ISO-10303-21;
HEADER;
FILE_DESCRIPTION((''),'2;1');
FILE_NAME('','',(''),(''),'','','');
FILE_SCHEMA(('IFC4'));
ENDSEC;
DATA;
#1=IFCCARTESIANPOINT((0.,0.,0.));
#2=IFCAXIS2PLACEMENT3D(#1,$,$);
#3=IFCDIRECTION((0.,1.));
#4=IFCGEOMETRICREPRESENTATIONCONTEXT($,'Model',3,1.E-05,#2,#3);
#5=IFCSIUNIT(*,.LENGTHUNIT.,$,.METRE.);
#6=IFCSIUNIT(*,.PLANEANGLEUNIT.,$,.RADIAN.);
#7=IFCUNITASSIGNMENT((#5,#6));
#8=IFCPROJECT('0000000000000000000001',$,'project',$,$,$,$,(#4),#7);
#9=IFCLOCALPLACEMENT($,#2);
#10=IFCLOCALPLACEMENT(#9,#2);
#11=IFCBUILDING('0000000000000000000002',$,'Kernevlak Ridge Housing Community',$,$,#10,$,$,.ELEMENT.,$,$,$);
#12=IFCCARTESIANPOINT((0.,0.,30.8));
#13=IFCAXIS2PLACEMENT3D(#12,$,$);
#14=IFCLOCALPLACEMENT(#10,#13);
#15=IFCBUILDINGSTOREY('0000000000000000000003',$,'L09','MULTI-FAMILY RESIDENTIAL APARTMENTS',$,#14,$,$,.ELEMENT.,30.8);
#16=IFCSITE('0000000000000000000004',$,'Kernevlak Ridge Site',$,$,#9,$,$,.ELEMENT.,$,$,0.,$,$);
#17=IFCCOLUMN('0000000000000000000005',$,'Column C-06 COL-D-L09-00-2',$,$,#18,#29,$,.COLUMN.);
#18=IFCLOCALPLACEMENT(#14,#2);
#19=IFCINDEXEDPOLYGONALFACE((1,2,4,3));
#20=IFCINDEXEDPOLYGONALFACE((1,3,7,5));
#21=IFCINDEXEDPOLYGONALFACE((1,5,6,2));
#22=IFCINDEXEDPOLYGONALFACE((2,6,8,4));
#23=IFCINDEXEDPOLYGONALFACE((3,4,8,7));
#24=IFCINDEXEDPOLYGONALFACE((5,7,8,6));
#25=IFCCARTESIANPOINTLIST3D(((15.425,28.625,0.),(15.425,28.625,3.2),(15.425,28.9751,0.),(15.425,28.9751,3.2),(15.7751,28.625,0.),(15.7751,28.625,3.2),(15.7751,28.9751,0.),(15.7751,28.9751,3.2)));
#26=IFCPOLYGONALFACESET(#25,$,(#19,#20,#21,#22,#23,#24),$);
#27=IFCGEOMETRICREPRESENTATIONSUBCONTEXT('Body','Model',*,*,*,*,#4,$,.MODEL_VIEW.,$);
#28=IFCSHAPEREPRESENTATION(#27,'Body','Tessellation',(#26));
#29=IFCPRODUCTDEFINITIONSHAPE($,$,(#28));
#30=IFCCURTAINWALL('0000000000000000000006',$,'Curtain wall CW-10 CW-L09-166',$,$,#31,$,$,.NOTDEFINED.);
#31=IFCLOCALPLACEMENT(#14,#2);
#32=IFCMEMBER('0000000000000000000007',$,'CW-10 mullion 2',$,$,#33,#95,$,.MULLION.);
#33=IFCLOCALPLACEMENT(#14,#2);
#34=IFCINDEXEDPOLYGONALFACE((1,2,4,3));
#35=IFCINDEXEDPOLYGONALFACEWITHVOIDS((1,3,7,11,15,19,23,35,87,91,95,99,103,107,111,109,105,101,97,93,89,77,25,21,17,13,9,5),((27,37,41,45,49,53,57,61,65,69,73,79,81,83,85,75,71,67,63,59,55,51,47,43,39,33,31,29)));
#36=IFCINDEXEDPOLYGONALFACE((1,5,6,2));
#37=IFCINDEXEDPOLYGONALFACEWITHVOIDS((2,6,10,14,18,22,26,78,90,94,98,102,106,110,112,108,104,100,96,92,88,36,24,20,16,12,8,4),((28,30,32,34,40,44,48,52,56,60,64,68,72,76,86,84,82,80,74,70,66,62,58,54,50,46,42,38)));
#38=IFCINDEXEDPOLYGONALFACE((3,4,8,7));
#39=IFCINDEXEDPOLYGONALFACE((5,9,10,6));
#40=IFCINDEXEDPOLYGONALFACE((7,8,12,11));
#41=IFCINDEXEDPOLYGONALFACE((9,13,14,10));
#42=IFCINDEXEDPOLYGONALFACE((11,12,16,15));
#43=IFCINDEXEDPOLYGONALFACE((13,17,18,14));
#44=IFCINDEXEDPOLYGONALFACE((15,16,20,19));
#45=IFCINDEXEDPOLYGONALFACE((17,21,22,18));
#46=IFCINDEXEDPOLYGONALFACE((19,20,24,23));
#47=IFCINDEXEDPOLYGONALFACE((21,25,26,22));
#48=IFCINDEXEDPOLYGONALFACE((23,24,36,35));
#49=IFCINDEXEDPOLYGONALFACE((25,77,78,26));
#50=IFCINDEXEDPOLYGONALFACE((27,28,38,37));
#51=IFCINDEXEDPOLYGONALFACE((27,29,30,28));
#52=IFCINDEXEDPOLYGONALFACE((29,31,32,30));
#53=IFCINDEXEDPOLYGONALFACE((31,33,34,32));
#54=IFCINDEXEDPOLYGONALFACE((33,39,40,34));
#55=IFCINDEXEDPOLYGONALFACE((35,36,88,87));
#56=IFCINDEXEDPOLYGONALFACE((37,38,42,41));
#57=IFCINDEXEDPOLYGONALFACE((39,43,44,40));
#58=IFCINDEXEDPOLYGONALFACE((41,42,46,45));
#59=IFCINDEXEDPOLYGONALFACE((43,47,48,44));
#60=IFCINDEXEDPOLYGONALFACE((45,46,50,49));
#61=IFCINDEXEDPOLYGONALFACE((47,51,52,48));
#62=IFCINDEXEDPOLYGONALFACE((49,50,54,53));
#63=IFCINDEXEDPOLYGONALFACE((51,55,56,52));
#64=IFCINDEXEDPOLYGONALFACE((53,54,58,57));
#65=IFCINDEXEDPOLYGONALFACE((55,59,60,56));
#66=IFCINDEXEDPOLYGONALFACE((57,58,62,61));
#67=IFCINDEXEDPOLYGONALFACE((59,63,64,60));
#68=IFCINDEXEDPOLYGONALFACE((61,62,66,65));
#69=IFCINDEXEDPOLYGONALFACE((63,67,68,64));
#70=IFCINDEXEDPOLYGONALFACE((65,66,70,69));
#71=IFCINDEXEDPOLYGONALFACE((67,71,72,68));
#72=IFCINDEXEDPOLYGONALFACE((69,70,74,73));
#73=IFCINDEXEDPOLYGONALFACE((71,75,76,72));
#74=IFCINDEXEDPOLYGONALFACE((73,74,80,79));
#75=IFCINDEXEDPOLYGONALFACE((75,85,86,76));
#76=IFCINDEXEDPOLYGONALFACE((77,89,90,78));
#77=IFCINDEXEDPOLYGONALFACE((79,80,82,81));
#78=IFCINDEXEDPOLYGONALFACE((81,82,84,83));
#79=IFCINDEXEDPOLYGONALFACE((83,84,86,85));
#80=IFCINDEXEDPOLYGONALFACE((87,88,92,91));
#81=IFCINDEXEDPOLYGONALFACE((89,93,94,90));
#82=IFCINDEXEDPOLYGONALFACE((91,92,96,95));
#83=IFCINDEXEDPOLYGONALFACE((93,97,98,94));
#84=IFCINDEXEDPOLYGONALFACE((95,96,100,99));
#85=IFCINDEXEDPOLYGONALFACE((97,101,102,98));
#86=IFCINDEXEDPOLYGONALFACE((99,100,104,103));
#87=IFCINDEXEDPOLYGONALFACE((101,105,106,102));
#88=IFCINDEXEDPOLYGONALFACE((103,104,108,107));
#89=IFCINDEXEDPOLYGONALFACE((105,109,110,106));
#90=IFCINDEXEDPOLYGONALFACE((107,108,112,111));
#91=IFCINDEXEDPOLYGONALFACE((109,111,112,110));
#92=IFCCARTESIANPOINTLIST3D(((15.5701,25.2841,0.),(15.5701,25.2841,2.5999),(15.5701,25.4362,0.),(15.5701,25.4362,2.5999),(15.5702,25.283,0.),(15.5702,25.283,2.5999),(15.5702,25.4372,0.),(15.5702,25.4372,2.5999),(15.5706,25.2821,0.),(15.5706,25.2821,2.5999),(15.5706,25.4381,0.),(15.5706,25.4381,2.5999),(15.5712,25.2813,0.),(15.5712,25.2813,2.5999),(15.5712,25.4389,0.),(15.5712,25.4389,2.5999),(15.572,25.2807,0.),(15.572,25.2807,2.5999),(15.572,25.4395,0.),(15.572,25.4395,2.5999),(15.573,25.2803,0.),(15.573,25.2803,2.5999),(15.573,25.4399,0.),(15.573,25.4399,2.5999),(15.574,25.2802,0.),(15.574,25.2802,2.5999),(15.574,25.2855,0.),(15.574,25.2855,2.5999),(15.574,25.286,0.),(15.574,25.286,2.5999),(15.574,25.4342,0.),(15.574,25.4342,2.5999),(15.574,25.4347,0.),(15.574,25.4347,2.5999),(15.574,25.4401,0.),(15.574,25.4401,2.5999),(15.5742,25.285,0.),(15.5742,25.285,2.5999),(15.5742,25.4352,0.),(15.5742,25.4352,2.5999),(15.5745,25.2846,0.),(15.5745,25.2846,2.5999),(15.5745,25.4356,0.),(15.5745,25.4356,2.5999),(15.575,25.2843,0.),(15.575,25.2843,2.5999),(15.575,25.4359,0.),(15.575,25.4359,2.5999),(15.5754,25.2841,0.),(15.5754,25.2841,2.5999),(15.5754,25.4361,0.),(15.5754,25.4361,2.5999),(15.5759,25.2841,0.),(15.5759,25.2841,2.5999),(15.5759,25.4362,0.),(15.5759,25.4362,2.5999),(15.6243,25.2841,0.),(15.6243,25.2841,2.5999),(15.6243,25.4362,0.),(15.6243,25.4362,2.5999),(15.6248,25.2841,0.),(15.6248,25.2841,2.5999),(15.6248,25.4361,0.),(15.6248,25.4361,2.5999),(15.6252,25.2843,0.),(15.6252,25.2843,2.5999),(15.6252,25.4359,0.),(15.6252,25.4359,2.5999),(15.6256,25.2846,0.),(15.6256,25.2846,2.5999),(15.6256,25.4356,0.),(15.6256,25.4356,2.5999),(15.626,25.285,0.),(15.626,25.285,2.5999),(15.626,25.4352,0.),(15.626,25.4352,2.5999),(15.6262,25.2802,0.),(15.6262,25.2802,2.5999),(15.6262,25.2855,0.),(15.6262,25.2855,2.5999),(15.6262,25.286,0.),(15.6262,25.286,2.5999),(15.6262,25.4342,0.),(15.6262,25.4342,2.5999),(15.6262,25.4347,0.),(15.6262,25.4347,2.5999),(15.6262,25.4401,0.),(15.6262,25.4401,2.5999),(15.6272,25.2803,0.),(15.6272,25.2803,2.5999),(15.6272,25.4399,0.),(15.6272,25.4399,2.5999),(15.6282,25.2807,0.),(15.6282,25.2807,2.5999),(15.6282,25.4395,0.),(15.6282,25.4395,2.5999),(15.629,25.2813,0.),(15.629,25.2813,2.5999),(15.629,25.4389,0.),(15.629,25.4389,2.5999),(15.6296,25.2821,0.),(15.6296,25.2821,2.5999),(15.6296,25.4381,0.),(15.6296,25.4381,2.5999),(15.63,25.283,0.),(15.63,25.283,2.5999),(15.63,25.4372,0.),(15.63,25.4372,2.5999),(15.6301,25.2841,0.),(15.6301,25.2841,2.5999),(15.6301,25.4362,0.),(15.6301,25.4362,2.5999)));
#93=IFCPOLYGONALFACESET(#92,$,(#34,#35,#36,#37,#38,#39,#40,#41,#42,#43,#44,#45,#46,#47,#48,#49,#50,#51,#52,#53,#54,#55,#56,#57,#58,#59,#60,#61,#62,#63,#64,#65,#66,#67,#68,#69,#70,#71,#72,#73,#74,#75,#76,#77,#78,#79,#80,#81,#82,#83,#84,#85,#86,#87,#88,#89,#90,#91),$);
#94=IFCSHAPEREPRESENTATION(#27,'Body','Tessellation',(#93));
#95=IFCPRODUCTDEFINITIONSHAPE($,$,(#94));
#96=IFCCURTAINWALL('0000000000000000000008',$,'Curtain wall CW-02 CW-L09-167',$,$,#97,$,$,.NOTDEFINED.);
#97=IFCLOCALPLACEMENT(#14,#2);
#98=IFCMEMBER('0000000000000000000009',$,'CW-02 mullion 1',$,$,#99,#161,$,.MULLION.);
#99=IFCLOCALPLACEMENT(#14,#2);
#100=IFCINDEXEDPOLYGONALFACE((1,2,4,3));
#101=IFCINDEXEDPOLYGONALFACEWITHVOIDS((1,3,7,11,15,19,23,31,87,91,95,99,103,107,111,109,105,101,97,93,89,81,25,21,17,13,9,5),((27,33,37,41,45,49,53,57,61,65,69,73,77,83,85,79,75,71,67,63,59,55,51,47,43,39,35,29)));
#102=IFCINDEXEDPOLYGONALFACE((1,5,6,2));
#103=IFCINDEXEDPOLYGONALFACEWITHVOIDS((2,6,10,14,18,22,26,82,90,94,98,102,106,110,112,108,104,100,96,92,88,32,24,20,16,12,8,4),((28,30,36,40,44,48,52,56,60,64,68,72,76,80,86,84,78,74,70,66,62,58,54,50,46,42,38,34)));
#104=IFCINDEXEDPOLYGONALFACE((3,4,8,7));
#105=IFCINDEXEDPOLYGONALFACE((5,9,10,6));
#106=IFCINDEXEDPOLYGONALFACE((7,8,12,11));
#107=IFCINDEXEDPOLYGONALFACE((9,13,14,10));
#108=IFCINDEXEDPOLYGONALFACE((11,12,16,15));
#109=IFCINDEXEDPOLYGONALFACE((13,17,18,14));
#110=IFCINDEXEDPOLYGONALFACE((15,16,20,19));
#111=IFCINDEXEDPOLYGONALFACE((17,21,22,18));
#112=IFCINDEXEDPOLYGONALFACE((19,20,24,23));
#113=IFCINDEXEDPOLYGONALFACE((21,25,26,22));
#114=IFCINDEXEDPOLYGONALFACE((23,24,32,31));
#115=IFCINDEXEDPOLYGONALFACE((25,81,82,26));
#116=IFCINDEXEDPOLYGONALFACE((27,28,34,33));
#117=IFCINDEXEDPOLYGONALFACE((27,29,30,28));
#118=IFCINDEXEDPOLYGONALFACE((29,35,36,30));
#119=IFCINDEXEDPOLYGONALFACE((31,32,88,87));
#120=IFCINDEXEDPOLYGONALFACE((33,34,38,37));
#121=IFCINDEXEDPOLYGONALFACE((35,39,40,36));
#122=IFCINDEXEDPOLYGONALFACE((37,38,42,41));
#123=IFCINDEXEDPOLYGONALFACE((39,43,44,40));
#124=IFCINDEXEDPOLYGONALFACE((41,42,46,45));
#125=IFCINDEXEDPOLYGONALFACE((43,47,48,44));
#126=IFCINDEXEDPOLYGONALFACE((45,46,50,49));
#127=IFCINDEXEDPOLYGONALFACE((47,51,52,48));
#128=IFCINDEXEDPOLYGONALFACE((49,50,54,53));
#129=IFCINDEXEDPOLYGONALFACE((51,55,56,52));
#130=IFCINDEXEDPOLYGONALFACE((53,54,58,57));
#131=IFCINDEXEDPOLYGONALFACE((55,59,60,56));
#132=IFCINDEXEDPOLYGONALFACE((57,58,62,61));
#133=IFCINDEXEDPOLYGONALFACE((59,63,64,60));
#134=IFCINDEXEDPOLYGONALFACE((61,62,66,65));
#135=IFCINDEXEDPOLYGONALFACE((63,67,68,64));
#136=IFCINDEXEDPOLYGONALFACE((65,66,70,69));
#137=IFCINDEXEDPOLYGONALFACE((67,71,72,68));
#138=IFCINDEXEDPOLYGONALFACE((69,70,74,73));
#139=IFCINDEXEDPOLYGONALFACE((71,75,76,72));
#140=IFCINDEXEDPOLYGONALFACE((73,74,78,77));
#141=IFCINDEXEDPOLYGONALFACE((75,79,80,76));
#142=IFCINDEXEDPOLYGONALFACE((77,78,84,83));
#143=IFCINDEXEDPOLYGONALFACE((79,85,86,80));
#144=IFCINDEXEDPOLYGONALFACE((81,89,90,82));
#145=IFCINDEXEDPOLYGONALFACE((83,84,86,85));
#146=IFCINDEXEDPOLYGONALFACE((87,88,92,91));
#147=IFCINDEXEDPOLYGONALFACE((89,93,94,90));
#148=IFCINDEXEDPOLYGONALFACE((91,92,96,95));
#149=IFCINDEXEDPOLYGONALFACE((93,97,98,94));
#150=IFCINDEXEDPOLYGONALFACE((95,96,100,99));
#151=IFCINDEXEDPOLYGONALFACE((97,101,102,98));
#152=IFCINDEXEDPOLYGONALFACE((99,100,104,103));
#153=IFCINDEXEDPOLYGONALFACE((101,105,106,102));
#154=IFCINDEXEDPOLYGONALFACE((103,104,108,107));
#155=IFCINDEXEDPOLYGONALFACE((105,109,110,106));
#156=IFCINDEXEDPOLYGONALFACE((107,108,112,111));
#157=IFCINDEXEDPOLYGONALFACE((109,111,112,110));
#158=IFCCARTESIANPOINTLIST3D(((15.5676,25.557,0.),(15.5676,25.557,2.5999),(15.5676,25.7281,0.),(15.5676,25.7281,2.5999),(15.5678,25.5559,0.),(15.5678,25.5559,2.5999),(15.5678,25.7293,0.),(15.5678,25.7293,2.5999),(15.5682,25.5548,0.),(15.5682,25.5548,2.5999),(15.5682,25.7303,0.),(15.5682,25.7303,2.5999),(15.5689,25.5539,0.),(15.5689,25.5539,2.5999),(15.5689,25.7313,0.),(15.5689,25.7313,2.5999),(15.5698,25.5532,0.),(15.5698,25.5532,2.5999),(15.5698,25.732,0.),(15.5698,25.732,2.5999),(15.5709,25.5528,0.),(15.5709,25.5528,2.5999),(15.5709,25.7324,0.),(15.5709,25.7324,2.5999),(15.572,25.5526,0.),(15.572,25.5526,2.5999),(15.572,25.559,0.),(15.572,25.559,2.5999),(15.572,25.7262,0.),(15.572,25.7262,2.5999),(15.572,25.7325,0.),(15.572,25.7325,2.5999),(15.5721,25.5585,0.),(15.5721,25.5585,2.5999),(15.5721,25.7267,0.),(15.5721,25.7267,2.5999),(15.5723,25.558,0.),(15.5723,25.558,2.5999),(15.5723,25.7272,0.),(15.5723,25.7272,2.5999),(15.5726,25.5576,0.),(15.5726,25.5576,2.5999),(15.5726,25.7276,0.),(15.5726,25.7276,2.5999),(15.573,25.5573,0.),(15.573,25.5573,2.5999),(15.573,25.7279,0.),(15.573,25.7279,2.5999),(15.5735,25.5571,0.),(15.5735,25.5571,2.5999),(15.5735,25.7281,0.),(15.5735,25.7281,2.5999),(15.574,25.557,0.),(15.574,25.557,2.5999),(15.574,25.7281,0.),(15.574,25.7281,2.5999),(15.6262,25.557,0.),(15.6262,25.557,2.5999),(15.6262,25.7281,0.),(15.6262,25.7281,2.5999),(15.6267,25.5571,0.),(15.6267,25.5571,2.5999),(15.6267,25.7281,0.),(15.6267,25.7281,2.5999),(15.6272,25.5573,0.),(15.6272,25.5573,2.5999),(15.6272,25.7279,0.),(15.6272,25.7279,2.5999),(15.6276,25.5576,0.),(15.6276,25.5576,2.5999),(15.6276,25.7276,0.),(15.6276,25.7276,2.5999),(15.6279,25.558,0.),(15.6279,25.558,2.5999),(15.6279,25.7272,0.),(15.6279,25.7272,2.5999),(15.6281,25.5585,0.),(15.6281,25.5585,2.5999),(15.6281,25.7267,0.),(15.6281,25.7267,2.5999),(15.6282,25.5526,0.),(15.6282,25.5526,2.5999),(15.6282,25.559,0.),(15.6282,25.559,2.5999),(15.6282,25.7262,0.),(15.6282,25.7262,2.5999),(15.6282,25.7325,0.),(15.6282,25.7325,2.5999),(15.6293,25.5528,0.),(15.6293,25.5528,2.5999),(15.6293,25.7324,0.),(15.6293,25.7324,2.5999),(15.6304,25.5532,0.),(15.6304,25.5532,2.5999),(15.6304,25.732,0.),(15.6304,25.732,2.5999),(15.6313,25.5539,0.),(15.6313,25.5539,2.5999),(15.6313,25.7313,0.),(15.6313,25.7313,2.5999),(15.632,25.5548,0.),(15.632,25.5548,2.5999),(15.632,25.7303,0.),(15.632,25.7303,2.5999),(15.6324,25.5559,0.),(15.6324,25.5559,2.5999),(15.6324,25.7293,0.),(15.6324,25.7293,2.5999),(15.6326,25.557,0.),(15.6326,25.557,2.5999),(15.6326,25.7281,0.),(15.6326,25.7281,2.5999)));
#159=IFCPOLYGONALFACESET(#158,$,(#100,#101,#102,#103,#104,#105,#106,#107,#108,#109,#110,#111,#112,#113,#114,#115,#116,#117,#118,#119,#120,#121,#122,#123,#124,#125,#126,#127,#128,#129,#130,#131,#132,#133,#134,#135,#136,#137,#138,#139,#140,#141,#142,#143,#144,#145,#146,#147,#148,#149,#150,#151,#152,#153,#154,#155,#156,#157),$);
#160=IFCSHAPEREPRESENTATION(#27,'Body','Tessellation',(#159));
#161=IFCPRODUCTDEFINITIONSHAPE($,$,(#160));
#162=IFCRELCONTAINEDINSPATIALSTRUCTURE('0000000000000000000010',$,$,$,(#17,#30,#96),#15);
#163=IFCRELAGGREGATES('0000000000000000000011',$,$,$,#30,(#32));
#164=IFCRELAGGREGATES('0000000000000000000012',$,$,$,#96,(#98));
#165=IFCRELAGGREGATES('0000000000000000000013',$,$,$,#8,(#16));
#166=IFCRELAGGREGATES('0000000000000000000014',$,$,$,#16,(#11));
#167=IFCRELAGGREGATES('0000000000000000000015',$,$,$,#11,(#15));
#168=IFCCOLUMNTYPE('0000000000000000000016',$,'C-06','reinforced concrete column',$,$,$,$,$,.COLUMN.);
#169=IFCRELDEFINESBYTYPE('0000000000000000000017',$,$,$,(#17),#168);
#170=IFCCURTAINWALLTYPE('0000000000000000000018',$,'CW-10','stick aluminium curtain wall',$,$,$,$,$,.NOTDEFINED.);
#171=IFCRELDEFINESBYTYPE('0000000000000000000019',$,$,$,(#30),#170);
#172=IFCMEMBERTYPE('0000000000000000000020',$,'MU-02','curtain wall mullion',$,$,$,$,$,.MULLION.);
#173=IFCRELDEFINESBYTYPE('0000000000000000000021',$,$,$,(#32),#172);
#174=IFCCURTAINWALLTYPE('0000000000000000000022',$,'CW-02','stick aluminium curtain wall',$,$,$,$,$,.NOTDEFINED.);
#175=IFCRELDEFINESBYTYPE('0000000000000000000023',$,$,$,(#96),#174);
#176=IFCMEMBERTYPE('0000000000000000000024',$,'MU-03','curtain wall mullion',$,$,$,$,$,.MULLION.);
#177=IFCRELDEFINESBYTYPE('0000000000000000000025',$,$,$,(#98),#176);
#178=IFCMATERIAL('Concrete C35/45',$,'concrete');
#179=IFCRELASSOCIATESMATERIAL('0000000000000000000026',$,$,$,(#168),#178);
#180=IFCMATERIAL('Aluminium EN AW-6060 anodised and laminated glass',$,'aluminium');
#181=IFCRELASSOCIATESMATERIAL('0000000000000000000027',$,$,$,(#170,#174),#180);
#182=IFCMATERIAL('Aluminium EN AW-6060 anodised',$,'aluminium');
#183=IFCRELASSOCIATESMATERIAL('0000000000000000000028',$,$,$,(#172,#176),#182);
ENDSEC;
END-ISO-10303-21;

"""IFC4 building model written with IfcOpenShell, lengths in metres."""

from ifc_helpers import new_model, si_unit, direction, frame, origin, origin_2d, place, context, subcontext, project, spatial, rectangle, hollow_rectangle, extrude, material, material_profile, profile_set, type_object, element, aggregate, save


model = new_model("IFC4")

# Units and contexts
model_context = context("Model", 3, precision=1e-05, world=origin(), true_north=direction((0.0, 1.0)))
body_context = subcontext(model_context, "Body", "Model", "MODEL_VIEW")
ifc_project = project(units=[si_unit("LENGTHUNIT", "METRE"), si_unit("PLANEANGLEUNIT", "RADIAN")], contexts=[model_context])

# Site, building, storey
site_placement = place(None, origin())
site = spatial("IfcSite", under=ifc_project, at=site_placement, Name="Kernevlak Ridge Site", CompositionType="ELEMENT", RefElevation=0.0)
building_placement = place(site_placement, origin())
building = spatial("IfcBuilding", under=site, at=building_placement, Name="Kernevlak Ridge Housing Community", CompositionType="ELEMENT")
storey_placement = place(building_placement, frame((0.0, 0.0, 30.8)))
storey = spatial("IfcBuildingStorey", under=building, at=storey_placement, Name="L09", Description="MULTI-FAMILY RESIDENTIAL APARTMENTS", CompositionType="ELEMENT", Elevation=30.8)

# Column
ifc_material_1 = material(Name="Concrete C35/45", Category="concrete")
ifc_material_profile_1 = material_profile(ifc_material_1, rectangle(XDim=0.3501, YDim=0.3501, at=origin_2d()), Name="RC 350x350")
ifc_profile_set_1 = profile_set([ifc_material_profile_1], Name="Concrete C35/45")
column_type = type_object("IfcColumnType", Name="C-06", Description="reinforced concrete column", PredefinedType="COLUMN", material=ifc_profile_set_1)
column_placement = place(storey_placement, frame((15.6001, 28.8, 0.0), z_axis=(0.0, 0.0, 1.0), x_axis=(1.0, 0.0, 0.0)))
element("IfcColumn", 1, at=column_placement, inside=storey, type_object=column_type, Name="Column C-06 COL-D-L09-00-2", PredefinedType="COLUMN", context=body_context, shape_type="SweptSolid", body=[
    extrude(rectangle(XDim=0.3501, YDim=0.3501, at=origin_2d()), origin(), (0.0, 0.0, 1.0), 3.2),
])

# Curtain wall, member
ifc_material_2 = material(Name="Aluminium EN AW-6060 anodised and laminated glass", Category="aluminium")
curtain_wall_type_1 = type_object("IfcCurtainWallType", Name="CW-10", Description="stick aluminium curtain wall", PredefinedType="NOTDEFINED", material=ifc_material_2)
curtain_wall_1_placement = place(storey_placement, origin())
curtain_wall_1 = element("IfcCurtainWall", 2, at=curtain_wall_1_placement, inside=storey, type_object=curtain_wall_type_1, Name="Curtain wall CW-10 CW-L09-166", PredefinedType="NOTDEFINED")
ifc_material_3 = material(Name="Aluminium EN AW-6060 anodised", Category="aluminium")
ifc_material_profile_2 = material_profile(ifc_material_3, hollow_rectangle(XDim=0.0601, YDim=0.1599, WallThickness=0.0039, InnerFilletRadius=0.002, OuterFilletRadius=0.0039, at=origin_2d()), Name="ALU 60x160x4")
ifc_profile_set_2 = profile_set([ifc_material_profile_2], Name="Aluminium EN AW-6060 anodised")
member_type_1 = type_object("IfcMemberType", Name="MU-02", Description="curtain wall mullion", PredefinedType="MULLION", material=ifc_profile_set_2)
member_1_placement = place(storey_placement, frame((15.6001, 25.3601, 0.0), z_axis=(0.0, 0.0, 1.0), x_axis=(-1.0, 0.0, 0.0)))
member_1 = element("IfcMember", 3, at=member_1_placement, type_object=member_type_1, Name="CW-10 mullion 2", PredefinedType="MULLION", context=body_context, shape_type="SweptSolid", body=[
    extrude(hollow_rectangle(XDim=0.0601, YDim=0.1599, WallThickness=0.0039, InnerFilletRadius=0.002, OuterFilletRadius=0.0039, at=origin_2d()), origin(), (0.0, 0.0, 1.0), 2.5999),
])

# Curtain wall, member
curtain_wall_type_2 = type_object("IfcCurtainWallType", Name="CW-02", Description="stick aluminium curtain wall", PredefinedType="NOTDEFINED", material=ifc_material_2)
curtain_wall_2_placement = place(storey_placement, origin())
curtain_wall_2 = element("IfcCurtainWall", 4, at=curtain_wall_2_placement, inside=storey, type_object=curtain_wall_type_2, Name="Curtain wall CW-02 CW-L09-167", PredefinedType="NOTDEFINED")
ifc_material_profile_3 = material_profile(ifc_material_3, hollow_rectangle(XDim=0.0649, YDim=0.1799, WallThickness=0.0044, InnerFilletRadius=0.002, OuterFilletRadius=0.0044, at=origin_2d()), Name="ALU 65x180x4.5")
ifc_profile_set_3 = profile_set([ifc_material_profile_3], Name="Aluminium EN AW-6060 anodised")
member_type_2 = type_object("IfcMemberType", Name="MU-03", Description="curtain wall mullion", PredefinedType="MULLION", material=ifc_profile_set_3)
member_2_placement = place(storey_placement, frame((15.6001, 25.6426, 0.0), z_axis=(0.0, 0.0, 1.0), x_axis=(-1.0, 0.0, 0.0)))
member_2 = element("IfcMember", 5, at=member_2_placement, type_object=member_type_2, Name="CW-02 mullion 1", PredefinedType="MULLION", context=body_context, shape_type="SweptSolid", body=[
    extrude(hollow_rectangle(XDim=0.0649, YDim=0.1799, WallThickness=0.0044, InnerFilletRadius=0.002, OuterFilletRadius=0.0044, at=origin_2d()), origin(), (0.0, 0.0, 1.0), 2.5999),
])

aggregate(curtain_wall_1, [member_1])
aggregate(curtain_wall_2, [member_2])

save(model, "model.ifc")
